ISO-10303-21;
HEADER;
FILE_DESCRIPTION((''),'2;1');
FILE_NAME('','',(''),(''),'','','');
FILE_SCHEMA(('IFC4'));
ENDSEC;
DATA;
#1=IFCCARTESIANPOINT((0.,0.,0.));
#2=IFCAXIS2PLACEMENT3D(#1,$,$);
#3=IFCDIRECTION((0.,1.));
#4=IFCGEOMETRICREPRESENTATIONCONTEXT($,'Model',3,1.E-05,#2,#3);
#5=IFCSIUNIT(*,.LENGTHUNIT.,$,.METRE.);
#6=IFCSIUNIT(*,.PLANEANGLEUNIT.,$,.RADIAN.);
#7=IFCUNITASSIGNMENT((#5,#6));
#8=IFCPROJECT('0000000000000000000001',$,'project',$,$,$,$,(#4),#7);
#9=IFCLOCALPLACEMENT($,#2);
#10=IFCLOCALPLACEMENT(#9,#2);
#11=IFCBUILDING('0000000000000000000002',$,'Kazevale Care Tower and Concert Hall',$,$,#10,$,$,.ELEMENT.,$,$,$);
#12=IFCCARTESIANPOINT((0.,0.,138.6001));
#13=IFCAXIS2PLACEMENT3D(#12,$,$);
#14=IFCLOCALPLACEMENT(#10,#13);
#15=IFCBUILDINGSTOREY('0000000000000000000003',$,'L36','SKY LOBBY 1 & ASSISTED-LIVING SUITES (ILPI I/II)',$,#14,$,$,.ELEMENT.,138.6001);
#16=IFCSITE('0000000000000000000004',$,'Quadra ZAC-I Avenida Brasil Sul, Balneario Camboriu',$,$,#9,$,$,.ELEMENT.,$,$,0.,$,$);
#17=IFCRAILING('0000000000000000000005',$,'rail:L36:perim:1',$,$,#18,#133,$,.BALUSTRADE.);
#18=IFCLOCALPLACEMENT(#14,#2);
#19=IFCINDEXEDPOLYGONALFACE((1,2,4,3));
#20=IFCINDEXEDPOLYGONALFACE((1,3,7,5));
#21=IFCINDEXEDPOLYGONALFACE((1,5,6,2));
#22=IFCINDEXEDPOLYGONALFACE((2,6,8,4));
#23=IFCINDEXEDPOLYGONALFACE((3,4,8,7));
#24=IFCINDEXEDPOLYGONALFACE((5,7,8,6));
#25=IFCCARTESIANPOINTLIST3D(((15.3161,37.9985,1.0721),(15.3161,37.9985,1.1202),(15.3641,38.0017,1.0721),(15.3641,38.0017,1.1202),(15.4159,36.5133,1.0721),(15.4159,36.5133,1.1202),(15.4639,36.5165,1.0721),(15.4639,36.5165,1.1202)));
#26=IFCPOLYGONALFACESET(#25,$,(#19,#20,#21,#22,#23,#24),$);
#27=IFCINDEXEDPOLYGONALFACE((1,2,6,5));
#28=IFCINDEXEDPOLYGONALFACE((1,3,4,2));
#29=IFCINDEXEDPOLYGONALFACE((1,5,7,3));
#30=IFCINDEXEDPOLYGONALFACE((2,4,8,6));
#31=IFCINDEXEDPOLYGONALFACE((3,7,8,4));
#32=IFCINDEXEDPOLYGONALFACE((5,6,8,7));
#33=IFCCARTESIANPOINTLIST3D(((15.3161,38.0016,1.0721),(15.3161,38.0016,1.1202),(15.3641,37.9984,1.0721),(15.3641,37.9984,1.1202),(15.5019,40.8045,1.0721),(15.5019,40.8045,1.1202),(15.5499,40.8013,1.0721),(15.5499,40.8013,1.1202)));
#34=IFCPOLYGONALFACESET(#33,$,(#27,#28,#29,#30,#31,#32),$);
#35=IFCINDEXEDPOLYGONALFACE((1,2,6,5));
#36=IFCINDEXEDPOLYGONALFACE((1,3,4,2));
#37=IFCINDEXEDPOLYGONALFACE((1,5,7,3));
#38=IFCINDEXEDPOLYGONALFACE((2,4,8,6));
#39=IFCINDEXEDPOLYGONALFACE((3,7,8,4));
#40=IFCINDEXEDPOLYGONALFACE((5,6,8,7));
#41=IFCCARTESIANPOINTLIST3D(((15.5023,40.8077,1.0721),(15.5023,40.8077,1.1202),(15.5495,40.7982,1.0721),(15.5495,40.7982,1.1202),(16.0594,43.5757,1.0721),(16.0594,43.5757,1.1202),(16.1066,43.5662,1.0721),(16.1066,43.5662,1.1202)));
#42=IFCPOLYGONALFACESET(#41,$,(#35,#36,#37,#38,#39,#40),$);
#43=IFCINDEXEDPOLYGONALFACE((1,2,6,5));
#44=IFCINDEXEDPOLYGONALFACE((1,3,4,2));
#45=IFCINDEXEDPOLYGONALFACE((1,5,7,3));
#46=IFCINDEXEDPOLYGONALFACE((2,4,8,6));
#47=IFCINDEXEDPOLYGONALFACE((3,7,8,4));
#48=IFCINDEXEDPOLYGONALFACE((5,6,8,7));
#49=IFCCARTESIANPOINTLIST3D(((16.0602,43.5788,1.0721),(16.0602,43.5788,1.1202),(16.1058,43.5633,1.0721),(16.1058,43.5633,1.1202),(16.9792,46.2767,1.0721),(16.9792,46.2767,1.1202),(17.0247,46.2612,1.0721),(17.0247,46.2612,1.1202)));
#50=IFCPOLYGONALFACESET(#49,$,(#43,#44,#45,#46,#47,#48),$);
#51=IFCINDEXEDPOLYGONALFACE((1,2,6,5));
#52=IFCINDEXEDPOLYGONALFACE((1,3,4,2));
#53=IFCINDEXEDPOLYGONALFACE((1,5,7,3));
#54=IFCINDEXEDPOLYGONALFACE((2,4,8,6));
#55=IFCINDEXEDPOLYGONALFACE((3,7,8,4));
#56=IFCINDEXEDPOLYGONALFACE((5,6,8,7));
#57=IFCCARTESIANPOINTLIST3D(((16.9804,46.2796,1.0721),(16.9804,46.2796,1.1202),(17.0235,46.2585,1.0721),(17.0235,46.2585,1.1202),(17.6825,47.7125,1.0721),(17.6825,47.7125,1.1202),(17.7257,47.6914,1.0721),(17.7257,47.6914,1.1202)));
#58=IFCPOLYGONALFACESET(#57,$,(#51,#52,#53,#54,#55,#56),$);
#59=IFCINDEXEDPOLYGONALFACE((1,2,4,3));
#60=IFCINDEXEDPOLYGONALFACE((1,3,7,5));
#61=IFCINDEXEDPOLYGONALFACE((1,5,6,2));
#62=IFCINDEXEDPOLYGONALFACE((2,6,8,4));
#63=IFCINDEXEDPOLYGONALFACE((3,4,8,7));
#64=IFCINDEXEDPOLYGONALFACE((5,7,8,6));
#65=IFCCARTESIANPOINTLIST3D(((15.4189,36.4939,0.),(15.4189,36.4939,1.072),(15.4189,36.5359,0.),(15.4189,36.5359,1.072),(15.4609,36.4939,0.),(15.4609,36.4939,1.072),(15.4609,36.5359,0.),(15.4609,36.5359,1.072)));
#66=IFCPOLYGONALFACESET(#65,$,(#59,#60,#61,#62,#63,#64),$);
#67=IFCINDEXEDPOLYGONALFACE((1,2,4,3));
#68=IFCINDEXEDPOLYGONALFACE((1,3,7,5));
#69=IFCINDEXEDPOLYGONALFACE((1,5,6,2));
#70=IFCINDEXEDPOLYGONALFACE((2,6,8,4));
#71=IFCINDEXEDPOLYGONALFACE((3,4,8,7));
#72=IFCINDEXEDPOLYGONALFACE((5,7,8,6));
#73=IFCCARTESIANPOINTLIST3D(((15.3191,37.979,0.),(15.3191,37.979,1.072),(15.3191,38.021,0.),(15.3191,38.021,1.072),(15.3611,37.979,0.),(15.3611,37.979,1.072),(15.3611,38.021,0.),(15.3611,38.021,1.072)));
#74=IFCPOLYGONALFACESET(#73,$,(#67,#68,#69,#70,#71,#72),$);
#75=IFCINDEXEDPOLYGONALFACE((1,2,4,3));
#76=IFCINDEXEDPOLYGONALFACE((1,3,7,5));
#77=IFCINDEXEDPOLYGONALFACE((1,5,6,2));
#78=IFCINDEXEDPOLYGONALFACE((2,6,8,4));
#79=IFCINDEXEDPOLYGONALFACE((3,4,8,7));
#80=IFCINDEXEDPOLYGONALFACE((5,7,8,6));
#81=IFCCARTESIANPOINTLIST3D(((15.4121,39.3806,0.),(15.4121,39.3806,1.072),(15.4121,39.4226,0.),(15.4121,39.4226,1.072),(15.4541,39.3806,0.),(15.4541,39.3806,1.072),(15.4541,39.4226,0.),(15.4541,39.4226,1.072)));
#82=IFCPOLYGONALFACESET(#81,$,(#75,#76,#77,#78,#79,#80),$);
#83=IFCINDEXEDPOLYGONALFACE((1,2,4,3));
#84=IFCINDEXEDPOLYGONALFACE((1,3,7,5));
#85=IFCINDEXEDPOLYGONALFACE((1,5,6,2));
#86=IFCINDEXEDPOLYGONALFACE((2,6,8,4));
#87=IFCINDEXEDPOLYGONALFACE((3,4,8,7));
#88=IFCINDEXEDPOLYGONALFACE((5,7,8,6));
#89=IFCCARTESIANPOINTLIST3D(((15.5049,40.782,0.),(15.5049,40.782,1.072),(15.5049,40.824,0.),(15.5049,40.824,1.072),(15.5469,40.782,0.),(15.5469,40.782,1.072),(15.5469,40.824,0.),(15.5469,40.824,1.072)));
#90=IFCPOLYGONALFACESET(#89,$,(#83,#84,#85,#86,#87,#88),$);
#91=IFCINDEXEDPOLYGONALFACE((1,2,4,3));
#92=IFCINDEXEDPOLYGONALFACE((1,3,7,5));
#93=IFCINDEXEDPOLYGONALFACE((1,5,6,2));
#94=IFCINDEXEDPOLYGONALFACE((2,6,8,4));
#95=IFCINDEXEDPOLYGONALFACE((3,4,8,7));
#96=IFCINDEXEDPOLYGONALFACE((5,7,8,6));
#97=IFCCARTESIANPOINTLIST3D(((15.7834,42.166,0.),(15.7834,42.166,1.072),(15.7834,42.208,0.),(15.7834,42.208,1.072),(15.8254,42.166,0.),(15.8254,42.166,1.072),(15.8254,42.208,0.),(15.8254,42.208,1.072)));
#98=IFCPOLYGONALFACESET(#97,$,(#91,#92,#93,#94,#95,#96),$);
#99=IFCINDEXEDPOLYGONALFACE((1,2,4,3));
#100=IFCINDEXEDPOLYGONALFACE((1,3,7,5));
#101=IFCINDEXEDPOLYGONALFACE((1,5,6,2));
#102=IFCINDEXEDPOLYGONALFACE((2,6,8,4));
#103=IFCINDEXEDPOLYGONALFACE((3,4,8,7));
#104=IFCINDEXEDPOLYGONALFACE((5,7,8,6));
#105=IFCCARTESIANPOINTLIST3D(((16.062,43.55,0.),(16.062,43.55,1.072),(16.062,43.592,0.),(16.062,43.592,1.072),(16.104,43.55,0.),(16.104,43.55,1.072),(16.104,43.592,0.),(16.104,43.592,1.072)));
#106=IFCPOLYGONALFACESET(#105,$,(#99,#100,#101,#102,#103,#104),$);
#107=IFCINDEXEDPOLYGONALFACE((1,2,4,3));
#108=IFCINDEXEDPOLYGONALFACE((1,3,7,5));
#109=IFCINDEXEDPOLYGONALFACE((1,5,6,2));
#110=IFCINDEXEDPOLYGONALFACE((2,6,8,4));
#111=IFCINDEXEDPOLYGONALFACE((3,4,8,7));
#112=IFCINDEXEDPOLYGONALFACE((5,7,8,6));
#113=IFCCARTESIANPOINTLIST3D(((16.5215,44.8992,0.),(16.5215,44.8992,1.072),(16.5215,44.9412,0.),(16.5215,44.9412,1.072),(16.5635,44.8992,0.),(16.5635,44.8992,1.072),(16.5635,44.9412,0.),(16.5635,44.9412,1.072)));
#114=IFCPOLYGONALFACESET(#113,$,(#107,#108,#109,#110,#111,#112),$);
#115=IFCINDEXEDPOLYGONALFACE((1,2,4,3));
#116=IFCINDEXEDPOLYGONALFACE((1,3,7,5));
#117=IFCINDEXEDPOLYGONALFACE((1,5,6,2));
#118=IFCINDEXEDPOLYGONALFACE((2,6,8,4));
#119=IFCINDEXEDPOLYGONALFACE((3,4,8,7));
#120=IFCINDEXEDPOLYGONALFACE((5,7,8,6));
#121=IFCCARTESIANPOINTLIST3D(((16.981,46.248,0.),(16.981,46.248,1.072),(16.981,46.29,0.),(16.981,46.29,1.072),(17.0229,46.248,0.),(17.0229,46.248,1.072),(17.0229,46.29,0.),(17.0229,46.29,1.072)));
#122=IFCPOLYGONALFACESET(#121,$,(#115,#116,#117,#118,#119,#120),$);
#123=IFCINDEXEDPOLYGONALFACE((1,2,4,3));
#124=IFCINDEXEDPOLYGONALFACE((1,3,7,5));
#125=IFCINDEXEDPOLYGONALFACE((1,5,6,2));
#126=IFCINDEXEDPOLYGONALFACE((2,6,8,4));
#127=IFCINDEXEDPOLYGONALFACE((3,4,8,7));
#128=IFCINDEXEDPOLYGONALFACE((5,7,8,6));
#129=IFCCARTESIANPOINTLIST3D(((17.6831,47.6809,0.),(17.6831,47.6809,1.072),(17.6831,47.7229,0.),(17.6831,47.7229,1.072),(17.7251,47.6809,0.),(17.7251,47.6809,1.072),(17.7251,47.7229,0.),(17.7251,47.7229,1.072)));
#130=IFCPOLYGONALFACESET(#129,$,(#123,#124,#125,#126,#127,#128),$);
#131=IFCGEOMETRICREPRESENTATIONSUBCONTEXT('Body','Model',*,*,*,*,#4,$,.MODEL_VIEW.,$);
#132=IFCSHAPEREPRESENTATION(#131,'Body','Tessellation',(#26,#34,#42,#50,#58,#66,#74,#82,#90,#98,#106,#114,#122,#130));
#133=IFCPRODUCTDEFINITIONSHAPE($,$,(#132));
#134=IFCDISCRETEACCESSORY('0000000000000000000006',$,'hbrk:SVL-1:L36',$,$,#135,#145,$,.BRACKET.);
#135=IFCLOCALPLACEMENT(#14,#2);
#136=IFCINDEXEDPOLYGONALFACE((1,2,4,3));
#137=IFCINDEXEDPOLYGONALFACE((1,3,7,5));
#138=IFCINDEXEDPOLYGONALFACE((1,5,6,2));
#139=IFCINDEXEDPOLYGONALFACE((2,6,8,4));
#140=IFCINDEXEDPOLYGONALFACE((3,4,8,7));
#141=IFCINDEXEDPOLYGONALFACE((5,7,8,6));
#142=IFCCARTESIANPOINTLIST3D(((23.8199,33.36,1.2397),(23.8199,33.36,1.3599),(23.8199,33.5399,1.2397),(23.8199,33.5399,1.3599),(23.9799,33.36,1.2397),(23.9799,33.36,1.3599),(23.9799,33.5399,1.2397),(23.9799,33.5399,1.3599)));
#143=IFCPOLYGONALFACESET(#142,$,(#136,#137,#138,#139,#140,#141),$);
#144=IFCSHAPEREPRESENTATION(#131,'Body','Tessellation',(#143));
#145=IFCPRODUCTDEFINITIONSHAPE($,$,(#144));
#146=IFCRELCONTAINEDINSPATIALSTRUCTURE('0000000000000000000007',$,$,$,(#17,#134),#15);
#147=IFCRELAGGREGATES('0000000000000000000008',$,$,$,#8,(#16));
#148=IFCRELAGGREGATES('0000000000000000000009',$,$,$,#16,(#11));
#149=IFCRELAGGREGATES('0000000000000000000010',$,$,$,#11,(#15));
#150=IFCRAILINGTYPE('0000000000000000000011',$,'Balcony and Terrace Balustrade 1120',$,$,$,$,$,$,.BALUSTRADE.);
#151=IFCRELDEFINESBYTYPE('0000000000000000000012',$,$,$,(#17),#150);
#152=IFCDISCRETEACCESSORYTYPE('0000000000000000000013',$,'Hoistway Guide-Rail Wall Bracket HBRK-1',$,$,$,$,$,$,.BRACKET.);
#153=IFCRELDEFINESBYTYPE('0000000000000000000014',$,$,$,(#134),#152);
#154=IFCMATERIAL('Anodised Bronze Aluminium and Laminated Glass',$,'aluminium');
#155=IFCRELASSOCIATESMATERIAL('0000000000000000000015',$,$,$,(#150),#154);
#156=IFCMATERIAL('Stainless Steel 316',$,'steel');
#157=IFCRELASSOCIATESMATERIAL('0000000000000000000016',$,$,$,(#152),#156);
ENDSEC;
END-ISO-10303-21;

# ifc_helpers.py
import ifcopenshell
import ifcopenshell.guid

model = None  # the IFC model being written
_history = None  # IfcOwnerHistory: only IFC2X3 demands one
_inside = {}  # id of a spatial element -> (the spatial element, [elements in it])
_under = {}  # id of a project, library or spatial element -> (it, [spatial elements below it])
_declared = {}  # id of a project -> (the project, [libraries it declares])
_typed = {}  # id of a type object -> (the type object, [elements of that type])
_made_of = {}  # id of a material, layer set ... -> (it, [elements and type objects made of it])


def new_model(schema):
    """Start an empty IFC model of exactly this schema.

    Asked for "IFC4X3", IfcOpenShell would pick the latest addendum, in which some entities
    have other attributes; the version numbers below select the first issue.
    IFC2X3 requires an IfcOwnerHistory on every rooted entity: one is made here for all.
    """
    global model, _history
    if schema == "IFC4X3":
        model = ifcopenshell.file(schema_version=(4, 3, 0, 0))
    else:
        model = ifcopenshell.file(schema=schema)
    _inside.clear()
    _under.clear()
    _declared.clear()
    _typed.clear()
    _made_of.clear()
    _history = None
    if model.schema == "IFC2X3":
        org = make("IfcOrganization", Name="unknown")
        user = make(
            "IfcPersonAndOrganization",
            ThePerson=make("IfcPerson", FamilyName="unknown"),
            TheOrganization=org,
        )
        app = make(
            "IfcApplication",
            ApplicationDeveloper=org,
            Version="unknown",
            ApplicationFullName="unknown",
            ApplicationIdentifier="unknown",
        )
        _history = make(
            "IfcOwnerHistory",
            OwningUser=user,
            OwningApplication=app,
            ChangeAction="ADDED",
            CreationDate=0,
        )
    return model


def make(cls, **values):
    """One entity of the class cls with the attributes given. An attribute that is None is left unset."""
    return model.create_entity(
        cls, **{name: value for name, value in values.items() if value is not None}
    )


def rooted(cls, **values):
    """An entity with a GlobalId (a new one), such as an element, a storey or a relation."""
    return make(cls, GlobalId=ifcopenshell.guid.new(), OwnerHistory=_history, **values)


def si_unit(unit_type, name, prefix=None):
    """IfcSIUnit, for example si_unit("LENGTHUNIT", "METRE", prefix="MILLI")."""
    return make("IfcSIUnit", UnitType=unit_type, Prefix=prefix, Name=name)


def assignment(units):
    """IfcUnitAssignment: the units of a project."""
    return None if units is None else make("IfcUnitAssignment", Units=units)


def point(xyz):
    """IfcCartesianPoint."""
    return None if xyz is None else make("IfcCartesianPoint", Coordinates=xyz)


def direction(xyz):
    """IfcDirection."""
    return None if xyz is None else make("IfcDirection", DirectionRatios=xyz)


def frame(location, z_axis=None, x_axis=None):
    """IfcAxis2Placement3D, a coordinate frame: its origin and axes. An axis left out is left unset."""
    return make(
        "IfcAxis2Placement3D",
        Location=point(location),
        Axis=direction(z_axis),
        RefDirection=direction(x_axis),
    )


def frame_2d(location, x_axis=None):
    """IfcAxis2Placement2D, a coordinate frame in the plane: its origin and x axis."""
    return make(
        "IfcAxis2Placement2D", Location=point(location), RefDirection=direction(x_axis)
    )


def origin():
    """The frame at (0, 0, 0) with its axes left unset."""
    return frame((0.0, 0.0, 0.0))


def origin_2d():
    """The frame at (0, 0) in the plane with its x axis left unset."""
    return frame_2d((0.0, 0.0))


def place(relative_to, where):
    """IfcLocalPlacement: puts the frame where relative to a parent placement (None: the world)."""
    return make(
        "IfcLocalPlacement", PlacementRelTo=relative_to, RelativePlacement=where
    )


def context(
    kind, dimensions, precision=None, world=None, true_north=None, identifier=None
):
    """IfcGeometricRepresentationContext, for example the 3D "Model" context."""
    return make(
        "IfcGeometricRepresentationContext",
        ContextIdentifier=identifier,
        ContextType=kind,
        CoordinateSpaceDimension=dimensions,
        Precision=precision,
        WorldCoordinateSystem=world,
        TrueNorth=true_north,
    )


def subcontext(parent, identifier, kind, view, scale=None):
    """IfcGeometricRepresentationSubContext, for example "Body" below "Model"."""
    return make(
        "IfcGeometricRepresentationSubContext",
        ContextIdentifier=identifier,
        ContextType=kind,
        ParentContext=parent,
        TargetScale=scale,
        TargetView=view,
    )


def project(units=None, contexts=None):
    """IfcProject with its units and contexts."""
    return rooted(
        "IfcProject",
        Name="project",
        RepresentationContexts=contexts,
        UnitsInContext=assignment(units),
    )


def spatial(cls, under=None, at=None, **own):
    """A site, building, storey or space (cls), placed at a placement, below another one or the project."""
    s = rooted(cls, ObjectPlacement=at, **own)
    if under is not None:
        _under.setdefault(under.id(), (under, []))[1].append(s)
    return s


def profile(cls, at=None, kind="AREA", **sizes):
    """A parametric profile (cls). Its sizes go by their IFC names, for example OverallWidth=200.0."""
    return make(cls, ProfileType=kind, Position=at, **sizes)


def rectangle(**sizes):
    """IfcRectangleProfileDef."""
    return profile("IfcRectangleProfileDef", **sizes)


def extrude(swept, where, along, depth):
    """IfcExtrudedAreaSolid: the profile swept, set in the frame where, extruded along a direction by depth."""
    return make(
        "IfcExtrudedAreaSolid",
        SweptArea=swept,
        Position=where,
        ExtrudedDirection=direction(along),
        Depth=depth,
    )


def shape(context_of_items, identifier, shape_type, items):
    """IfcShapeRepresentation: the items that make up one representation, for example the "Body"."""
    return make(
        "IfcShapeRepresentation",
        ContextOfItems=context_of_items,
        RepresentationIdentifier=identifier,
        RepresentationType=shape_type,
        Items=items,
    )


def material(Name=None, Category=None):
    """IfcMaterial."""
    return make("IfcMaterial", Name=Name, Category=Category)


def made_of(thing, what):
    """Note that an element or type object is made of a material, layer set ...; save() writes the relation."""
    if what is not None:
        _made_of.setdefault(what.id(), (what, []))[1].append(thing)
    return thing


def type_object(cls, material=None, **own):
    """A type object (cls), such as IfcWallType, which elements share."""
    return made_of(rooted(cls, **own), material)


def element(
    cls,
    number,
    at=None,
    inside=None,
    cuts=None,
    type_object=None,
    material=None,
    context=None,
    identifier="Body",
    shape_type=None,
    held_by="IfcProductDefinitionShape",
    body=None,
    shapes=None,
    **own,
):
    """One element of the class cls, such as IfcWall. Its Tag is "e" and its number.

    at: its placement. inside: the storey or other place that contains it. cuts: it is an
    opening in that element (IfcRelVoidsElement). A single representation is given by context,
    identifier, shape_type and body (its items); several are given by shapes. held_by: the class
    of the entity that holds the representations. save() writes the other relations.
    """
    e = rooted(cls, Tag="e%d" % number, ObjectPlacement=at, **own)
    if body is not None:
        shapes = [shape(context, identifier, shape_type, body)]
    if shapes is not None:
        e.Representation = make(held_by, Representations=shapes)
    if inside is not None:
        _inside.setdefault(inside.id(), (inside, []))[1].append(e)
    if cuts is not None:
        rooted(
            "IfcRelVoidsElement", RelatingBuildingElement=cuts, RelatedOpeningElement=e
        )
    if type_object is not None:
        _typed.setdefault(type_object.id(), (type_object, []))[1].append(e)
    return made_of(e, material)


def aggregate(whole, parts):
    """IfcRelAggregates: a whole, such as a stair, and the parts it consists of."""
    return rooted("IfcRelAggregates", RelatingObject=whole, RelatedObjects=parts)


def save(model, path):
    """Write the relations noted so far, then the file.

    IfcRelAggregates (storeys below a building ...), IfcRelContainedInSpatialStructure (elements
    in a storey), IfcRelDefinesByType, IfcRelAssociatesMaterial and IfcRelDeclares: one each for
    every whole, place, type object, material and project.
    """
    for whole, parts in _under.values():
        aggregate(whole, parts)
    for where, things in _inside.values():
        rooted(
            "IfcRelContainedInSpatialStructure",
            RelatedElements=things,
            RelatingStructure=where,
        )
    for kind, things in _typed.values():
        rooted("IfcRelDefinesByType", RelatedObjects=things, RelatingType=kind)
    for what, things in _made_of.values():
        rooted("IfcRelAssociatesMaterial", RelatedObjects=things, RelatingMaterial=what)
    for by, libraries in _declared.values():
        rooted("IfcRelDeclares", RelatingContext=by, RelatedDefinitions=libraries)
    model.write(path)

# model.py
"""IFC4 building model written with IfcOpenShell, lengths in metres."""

from ifc_helpers import new_model, si_unit, direction, frame, origin, origin_2d, place, context, subcontext, project, spatial, rectangle, extrude, material, type_object, element, save


model = new_model("IFC4")

# Units and contexts
model_context = context("Model", 3, precision=1e-05, world=origin(), true_north=direction((0.0, 1.0)))
body_context = subcontext(model_context, "Body", "Model", "MODEL_VIEW")
ifc_project = project(units=[si_unit("LENGTHUNIT", "METRE"), si_unit("PLANEANGLEUNIT", "RADIAN")], contexts=[model_context])

# Site, building, storey
site_placement = place(None, origin())
site = spatial("IfcSite", under=ifc_project, at=site_placement, Name="Quadra ZAC-I Avenida Brasil Sul, Balneario Camboriu", CompositionType="ELEMENT", RefElevation=0.0)
building_placement = place(site_placement, origin())
building = spatial("IfcBuilding", under=site, at=building_placement, Name="Kazevale Care Tower and Concert Hall", CompositionType="ELEMENT")
storey_placement = place(building_placement, frame((0.0, 0.0, 138.6001)))
storey = spatial("IfcBuildingStorey", under=building, at=storey_placement, Name="L36", Description="SKY LOBBY 1 & ASSISTED-LIVING SUITES (ILPI I/II)", CompositionType="ELEMENT", Elevation=138.6001)

# Shared definitions
ifc_material_1 = material(Name="Stainless Steel 316", Category="steel")

# Railing
ifc_material_2 = material(Name="Anodised Bronze Aluminium and Laminated Glass", Category="aluminium")
railing_type = type_object("IfcRailingType", Name="Balcony and Terrace Balustrade 1120", PredefinedType="BALUSTRADE", material=ifc_material_2)
railing_placement = place(storey_placement, frame((15.4399, 36.5149, 0.0)))
element("IfcRailing", 1, at=railing_placement, inside=storey, type_object=railing_type, Name="rail:L36:perim:1", PredefinedType="BALUSTRADE", context=body_context, shape_type="SweptSolid", body=[
    extrude(rectangle(XDim=0.0481, YDim=0.0481, at=origin_2d()), frame((0.0, 0.0, 1.0962), z_axis=(-0.067085, 0.997747, 0.0), x_axis=(-0.997747, -0.067085, 0.0)), (0.0, 0.0, 1.0), 1.4885),
    extrude(rectangle(XDim=0.0481, YDim=0.0481, at=origin_2d()), frame((-0.0999, 1.4851, 1.0962), z_axis=(0.066138, 0.99781, 0.0), x_axis=(-0.99781, 0.066138, 0.0)), (0.0, 0.0, 1.0), 2.8091),
    extrude(rectangle(XDim=0.0481, YDim=0.0481, at=origin_2d()), frame((0.0859, 4.2881, 1.0962), z_axis=(0.197313, 0.980341, 0.0), x_axis=(-0.980341, 0.197313, 0.0)), (0.0, 0.0, 1.0), 2.8235),
    extrude(rectangle(XDim=0.0481, YDim=0.0481, at=origin_2d()), frame((0.6431, 7.0562, 1.0962), z_axis=(0.322414, 0.946599, 0.0), x_axis=(-0.946599, 0.322414, 0.0)), (0.0, 0.0, 1.0), 2.8501),
    extrude(rectangle(XDim=0.0481, YDim=0.0481, at=origin_2d()), frame((1.562, 9.7542, 1.0962), z_axis=(0.440039, 0.897979, 0.0), x_axis=(-0.897979, 0.440039, 0.0)), (0.0, 0.0, 1.0), 1.5957),
    extrude(rectangle(XDim=0.042, YDim=0.042, at=origin_2d()), origin(), (0.0, 0.0, 1.0), 1.072),
    extrude(rectangle(XDim=0.042, YDim=0.042, at=origin_2d()), frame((-0.0999, 1.4851, 0.0)), (0.0, 0.0, 1.0), 1.072),
    extrude(rectangle(XDim=0.042, YDim=0.042, at=origin_2d()), frame((-0.0068, 2.8867, 0.0)), (0.0, 0.0, 1.0), 1.072),
    extrude(rectangle(XDim=0.042, YDim=0.042, at=origin_2d()), frame((0.0859, 4.2881, 0.0)), (0.0, 0.0, 1.0), 1.072),
    extrude(rectangle(XDim=0.042, YDim=0.042, at=origin_2d()), frame((0.3645, 5.6721, 0.0)), (0.0, 0.0, 1.0), 1.072),
    extrude(rectangle(XDim=0.042, YDim=0.042, at=origin_2d()), frame((0.6431, 7.0562, 0.0)), (0.0, 0.0, 1.0), 1.072),
    extrude(rectangle(XDim=0.042, YDim=0.042, at=origin_2d()), frame((1.1025, 8.4053, 0.0)), (0.0, 0.0, 1.0), 1.072),
    extrude(rectangle(XDim=0.042, YDim=0.042, at=origin_2d()), frame((1.562, 9.7542, 0.0)), (0.0, 0.0, 1.0), 1.072),
    extrude(rectangle(XDim=0.042, YDim=0.042, at=origin_2d()), frame((2.2642, 11.187, 0.0)), (0.0, 0.0, 1.0), 1.072),
])

# Discrete accessory
discrete_accessory_type = type_object("IfcDiscreteAccessoryType", Name="Hoistway Guide-Rail Wall Bracket HBRK-1", PredefinedType="BRACKET", material=ifc_material_1)
discrete_accessory_placement = place(storey_placement, frame((23.8999, 33.45, 1.2397), z_axis=(0.0, 0.0, 1.0), x_axis=(1.0, 0.0, 0.0)))
element("IfcDiscreteAccessory", 2, at=discrete_accessory_placement, inside=storey, type_object=discrete_accessory_type, Name="hbrk:SVL-1:L36", PredefinedType="BRACKET", context=body_context, shape_type="SweptSolid", body=[
    extrude(rectangle(XDim=0.1599, YDim=0.1799, at=origin_2d()), origin(), (0.0, 0.0, 1.0), 0.1201),
])

save(model, "model.ifc")
